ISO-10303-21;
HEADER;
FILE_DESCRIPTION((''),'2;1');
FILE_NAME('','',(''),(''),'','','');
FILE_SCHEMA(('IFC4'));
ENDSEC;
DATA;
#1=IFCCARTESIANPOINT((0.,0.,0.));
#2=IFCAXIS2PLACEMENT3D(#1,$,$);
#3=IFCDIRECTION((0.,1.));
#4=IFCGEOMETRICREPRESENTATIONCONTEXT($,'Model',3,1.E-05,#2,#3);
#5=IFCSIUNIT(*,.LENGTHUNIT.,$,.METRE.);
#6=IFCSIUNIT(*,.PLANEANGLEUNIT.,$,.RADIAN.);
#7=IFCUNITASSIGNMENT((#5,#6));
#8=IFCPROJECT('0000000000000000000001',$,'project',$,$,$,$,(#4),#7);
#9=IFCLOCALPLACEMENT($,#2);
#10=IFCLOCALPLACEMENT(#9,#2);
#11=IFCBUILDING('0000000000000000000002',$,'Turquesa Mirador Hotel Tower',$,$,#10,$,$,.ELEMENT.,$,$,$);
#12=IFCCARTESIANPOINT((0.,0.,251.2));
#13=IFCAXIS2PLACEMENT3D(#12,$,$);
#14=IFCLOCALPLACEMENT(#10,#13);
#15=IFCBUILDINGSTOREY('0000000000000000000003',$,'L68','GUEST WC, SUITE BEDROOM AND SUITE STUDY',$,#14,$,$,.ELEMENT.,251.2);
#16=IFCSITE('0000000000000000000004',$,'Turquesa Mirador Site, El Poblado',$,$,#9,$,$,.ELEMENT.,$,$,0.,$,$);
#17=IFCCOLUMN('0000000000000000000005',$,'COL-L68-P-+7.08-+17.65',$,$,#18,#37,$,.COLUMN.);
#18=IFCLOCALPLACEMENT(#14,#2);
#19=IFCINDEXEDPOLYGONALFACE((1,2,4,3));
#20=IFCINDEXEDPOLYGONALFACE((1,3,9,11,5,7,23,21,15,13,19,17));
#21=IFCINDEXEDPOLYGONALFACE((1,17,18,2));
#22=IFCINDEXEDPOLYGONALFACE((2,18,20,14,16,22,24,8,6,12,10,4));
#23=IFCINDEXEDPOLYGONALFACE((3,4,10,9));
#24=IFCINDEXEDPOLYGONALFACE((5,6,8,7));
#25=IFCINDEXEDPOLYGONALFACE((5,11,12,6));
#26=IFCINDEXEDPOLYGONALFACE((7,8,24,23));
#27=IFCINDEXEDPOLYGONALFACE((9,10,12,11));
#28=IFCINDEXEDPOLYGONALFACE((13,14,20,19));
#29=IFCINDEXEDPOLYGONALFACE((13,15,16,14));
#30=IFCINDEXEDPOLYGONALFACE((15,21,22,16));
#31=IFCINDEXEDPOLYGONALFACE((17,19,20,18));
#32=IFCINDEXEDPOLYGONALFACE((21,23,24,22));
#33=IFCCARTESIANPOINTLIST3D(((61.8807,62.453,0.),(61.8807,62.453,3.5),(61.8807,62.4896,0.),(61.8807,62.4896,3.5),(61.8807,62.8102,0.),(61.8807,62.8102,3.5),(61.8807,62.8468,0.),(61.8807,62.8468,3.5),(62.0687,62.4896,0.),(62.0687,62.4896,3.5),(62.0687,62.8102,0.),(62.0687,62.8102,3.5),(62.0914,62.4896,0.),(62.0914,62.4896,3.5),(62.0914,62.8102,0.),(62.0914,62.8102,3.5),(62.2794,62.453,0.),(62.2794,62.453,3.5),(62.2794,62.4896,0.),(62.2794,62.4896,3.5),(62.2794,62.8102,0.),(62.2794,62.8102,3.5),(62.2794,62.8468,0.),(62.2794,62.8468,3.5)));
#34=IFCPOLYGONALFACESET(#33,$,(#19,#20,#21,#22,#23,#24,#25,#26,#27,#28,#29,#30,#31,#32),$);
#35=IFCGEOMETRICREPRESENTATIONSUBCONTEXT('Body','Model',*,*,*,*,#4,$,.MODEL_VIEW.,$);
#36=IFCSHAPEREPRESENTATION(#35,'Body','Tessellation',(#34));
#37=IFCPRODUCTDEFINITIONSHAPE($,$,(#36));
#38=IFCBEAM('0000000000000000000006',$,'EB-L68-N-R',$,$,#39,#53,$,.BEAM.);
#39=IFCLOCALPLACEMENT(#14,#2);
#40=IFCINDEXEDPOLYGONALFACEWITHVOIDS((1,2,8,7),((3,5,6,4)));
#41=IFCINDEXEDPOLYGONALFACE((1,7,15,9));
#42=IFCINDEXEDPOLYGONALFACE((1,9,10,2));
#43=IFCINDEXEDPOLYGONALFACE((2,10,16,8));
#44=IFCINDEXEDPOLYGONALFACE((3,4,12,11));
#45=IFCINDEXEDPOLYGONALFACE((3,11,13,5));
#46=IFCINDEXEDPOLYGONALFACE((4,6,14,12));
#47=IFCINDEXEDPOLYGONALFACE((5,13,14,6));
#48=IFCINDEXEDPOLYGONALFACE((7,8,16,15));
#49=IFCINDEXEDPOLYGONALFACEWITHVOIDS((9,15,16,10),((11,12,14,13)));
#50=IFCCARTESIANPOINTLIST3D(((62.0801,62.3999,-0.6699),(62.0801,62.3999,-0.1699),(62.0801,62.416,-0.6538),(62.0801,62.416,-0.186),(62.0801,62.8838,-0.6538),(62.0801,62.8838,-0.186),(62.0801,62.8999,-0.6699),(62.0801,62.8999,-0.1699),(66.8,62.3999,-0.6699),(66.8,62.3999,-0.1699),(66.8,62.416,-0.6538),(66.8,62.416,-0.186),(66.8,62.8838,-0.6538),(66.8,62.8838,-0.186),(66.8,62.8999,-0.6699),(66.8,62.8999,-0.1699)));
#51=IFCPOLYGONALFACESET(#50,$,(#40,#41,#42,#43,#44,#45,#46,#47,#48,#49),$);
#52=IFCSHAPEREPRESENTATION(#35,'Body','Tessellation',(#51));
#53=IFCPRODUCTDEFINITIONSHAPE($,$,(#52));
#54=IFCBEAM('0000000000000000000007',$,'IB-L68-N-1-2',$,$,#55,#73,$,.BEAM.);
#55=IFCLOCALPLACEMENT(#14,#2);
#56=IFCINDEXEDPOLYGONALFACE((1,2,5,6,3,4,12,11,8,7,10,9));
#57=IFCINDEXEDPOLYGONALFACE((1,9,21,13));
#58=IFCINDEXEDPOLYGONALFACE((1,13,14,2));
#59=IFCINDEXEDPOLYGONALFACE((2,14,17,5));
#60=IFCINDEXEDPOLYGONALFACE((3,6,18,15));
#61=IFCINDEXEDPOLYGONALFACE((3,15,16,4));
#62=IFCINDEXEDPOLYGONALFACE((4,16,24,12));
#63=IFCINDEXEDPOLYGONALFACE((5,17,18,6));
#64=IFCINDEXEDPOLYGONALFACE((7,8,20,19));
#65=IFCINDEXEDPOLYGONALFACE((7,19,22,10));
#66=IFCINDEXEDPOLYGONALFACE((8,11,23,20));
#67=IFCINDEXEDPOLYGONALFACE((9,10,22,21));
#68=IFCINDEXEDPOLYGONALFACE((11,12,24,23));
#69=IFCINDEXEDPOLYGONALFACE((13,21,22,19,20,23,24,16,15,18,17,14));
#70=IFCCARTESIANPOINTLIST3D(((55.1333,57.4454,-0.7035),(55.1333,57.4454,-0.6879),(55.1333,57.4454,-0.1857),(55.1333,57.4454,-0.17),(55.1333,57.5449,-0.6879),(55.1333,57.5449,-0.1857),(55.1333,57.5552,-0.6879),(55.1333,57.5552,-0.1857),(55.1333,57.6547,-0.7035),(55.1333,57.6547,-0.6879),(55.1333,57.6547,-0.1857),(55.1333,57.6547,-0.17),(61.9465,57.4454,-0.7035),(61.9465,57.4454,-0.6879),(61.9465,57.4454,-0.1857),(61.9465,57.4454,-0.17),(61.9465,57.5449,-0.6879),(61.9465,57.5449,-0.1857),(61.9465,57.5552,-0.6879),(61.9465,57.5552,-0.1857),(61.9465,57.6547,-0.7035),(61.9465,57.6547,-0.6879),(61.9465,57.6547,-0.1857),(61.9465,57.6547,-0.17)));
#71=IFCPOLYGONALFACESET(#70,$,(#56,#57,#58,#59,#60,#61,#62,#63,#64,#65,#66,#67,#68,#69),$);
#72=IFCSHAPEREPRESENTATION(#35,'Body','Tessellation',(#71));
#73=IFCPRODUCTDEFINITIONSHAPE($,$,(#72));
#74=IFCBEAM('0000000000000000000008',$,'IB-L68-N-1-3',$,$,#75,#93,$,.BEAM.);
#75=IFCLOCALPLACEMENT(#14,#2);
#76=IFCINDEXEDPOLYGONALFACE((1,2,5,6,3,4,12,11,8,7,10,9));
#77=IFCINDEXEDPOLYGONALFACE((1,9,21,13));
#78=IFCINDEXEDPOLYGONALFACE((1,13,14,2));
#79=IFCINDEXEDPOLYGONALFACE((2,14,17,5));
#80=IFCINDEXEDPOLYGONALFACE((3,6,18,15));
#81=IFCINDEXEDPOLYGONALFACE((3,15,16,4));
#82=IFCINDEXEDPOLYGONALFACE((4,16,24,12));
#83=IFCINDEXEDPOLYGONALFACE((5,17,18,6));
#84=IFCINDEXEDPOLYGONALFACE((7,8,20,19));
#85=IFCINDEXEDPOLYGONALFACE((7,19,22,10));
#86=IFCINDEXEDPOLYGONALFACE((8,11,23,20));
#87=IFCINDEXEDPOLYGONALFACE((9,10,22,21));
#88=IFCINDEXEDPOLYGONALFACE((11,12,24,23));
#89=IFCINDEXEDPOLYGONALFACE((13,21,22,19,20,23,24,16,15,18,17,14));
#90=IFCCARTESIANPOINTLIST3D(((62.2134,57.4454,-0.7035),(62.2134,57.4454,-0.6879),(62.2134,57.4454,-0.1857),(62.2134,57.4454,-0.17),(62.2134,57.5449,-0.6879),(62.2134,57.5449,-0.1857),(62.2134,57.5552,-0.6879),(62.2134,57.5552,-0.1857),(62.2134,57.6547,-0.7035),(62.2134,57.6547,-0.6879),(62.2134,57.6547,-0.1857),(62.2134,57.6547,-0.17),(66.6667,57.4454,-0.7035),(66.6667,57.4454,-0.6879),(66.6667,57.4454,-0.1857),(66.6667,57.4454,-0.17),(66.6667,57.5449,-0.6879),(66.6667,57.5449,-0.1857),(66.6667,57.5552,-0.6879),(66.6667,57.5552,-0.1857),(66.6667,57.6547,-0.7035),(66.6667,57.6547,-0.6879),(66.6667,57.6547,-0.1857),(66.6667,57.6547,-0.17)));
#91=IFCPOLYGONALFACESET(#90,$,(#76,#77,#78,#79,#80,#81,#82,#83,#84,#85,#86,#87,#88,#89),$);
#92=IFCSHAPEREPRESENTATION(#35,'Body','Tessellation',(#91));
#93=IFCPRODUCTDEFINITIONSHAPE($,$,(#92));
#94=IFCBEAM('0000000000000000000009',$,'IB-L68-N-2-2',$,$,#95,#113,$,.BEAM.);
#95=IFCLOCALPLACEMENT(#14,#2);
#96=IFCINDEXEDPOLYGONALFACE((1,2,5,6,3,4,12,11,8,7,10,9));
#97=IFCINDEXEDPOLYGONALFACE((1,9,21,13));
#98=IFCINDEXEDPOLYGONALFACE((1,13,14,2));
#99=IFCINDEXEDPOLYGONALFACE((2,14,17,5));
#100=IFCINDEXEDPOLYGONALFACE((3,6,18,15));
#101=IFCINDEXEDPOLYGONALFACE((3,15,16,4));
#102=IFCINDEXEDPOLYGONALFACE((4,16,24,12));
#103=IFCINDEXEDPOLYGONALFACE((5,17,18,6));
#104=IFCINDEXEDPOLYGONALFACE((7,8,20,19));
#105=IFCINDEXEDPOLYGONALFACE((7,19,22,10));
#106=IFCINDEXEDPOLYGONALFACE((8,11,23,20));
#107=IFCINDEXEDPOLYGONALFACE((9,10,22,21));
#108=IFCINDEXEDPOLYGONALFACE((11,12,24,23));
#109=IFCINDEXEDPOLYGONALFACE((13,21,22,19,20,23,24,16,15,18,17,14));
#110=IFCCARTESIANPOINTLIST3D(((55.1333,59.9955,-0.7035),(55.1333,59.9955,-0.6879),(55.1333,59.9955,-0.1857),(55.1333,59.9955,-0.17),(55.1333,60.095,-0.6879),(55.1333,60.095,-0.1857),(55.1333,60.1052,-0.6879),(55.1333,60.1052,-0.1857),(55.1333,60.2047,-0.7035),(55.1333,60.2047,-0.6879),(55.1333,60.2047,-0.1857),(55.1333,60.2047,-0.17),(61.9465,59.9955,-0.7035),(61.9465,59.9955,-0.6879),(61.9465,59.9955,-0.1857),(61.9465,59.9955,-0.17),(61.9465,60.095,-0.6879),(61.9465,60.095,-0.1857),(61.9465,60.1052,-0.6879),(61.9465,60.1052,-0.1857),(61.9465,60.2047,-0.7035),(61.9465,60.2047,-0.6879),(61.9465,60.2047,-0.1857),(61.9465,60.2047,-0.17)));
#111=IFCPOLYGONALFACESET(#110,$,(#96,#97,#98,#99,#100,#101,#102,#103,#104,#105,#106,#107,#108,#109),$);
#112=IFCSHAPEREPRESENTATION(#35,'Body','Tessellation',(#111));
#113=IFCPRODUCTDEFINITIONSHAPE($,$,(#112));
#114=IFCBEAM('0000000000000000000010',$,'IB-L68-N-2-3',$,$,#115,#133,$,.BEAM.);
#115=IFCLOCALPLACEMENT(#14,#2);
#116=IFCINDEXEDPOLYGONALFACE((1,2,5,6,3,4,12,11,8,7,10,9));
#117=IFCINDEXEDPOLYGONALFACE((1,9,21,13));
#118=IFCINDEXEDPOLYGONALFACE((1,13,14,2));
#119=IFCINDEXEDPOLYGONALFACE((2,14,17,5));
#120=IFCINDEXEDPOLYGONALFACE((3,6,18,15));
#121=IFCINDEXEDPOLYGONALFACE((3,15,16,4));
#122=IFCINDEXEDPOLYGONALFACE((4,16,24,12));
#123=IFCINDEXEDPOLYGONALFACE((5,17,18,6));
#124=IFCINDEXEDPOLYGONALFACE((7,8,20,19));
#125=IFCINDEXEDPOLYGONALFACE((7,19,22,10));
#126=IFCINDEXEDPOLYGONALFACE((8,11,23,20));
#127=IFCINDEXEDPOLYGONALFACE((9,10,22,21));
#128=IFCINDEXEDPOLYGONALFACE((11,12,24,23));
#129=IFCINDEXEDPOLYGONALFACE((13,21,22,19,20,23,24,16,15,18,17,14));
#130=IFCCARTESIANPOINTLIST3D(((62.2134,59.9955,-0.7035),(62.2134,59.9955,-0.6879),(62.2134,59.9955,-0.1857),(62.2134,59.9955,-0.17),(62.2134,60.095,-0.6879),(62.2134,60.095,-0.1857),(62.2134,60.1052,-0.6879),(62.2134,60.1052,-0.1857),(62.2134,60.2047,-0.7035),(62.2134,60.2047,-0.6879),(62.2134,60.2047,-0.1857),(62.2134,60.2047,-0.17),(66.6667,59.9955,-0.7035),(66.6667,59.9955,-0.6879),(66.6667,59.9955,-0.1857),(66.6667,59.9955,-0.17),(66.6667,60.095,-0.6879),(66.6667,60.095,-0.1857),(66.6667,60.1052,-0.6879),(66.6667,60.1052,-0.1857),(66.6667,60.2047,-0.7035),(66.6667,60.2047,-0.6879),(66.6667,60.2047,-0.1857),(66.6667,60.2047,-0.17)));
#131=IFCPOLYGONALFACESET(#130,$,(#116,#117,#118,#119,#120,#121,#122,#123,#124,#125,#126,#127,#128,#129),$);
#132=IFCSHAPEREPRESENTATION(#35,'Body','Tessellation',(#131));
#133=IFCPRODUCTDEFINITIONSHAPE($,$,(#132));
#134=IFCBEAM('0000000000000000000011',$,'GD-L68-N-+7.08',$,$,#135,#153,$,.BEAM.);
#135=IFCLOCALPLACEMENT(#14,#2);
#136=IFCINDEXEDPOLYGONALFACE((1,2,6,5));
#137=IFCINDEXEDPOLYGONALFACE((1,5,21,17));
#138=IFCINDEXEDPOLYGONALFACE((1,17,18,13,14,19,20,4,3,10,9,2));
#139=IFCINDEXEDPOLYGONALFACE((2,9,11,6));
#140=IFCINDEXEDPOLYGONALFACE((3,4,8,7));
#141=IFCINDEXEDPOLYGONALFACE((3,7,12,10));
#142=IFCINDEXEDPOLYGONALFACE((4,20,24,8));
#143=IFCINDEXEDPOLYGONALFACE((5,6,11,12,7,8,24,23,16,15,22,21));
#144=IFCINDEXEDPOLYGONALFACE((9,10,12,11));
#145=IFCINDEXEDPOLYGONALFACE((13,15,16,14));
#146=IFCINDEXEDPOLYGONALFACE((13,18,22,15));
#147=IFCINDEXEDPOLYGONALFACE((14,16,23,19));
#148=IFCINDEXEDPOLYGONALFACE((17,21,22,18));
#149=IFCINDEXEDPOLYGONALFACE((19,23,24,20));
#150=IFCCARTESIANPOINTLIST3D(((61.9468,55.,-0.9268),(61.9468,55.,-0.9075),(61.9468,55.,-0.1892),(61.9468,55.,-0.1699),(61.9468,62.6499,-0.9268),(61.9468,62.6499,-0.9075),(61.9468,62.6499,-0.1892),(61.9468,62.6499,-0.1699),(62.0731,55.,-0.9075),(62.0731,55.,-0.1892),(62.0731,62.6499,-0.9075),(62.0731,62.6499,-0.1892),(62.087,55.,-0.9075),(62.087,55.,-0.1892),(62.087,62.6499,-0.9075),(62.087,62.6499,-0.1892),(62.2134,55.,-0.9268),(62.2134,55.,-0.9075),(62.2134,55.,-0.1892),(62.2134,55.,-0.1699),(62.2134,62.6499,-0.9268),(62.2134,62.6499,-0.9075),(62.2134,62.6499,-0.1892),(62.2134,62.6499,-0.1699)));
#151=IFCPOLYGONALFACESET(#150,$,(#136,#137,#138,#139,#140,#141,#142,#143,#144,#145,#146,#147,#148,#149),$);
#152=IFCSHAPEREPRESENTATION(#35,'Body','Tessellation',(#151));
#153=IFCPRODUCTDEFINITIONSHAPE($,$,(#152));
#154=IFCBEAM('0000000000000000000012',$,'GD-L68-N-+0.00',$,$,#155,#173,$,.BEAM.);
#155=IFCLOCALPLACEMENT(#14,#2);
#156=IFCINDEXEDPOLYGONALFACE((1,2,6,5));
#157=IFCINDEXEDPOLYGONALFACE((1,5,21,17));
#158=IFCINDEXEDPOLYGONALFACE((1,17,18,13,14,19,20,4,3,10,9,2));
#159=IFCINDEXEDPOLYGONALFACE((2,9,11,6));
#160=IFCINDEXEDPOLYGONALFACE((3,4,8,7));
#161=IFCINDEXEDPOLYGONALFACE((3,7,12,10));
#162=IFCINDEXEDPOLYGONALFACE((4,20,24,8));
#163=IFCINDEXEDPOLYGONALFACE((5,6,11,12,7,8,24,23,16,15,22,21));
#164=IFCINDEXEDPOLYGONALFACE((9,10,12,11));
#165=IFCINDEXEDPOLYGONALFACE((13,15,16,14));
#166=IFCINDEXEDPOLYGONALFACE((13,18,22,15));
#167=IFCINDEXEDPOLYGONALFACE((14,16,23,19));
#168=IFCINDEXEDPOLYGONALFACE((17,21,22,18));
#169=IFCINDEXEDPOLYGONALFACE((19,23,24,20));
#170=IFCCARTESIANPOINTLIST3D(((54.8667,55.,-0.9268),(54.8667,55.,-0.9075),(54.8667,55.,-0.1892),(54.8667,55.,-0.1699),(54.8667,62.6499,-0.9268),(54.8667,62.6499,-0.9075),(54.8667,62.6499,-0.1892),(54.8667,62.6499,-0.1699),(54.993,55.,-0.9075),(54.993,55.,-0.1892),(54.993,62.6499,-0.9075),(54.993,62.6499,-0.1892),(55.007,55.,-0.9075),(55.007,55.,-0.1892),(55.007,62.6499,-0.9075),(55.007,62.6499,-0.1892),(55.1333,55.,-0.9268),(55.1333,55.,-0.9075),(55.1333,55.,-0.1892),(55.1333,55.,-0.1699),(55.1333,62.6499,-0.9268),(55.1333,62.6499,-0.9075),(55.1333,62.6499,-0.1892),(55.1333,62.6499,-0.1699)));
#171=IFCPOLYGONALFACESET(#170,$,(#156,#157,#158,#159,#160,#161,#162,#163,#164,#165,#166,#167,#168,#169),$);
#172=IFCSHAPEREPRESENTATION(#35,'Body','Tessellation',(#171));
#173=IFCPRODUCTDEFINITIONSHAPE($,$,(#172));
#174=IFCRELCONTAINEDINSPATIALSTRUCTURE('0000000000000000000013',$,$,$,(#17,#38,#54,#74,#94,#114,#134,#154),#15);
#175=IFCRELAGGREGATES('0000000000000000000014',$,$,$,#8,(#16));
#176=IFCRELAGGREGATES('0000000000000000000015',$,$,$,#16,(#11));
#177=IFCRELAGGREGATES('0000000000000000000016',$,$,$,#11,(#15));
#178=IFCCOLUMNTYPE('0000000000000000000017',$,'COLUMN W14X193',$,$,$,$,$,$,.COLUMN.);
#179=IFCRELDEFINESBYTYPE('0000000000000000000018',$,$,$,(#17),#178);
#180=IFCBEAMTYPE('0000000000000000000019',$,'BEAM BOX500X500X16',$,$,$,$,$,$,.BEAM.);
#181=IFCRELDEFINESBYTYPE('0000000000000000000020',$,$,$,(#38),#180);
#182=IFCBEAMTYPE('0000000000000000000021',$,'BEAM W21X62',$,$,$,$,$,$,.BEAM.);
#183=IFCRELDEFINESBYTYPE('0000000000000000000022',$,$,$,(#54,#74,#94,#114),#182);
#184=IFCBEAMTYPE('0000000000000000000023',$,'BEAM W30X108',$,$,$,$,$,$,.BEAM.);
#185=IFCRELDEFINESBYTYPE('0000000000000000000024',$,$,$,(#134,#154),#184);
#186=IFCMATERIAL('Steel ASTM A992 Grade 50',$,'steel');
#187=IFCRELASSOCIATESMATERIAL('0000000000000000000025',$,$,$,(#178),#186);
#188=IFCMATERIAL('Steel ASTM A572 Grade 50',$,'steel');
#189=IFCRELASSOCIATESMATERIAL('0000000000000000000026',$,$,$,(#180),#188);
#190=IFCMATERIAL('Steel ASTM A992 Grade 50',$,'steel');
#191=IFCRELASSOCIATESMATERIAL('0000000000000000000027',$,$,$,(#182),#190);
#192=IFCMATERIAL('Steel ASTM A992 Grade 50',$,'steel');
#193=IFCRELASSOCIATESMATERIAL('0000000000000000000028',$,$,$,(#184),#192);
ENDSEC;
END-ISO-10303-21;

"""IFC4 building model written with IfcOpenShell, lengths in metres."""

from ifc_helpers import new_model, si_unit, direction, frame, origin, origin_2d, place, context, subcontext, project, spatial, hollow_rectangle, i_section, extrude, material, material_profile, profile_set, type_object, element, save


model = new_model("IFC4")

# Units and contexts
model_context = context("Model", 3, precision=1e-05, world=origin(), true_north=direction((0.0, 1.0)))
body_context = subcontext(model_context, "Body", "Model", "MODEL_VIEW")
ifc_project = project(units=[si_unit("LENGTHUNIT", "METRE"), si_unit("PLANEANGLEUNIT", "RADIAN")], contexts=[model_context])

# Site, building, storey
site_placement = place(None, origin())
site = spatial("IfcSite", under=ifc_project, at=site_placement, Name="Turquesa Mirador Site, El Poblado", CompositionType="ELEMENT", RefElevation=0.0)
building_placement = place(site_placement, origin())
building = spatial("IfcBuilding", under=site, at=building_placement, Name="Turquesa Mirador Hotel Tower", CompositionType="ELEMENT")
storey_placement = place(building_placement, frame((0.0, 0.0, 251.2)))
storey = spatial("IfcBuildingStorey", under=building, at=storey_placement, Name="L68", Description="GUEST WC, SUITE BEDROOM AND SUITE STUDY", CompositionType="ELEMENT", Elevation=251.2)

# Column
ifc_material_1 = material(Name="Steel ASTM A992 Grade 50", Category="steel")
ifc_material_profile_1 = material_profile(ifc_material_1, i_section(OverallWidth=0.3987, OverallDepth=0.3938, WebThickness=0.0227, FlangeThickness=0.0366, at=origin_2d()), Name="W14X193")
ifc_profile_set_1 = profile_set([ifc_material_profile_1], Name="Steel ASTM A992 Grade 50")
column_type = type_object("IfcColumnType", Name="COLUMN W14X193", PredefinedType="COLUMN", material=ifc_profile_set_1)
column_placement = place(storey_placement, frame((62.0801, 62.6499, 0.0), z_axis=(0.0, 0.0, 1.0), x_axis=(1.0, 0.0, 0.0)))
element("IfcColumn", 1, at=column_placement, inside=storey, type_object=column_type, Name="COL-L68-P-+7.08-+17.65", PredefinedType="COLUMN", context=body_context, shape_type="SweptSolid", body=[
    extrude(i_section(OverallWidth=0.3987, OverallDepth=0.3938, WebThickness=0.0227, FlangeThickness=0.0366, at=origin_2d()), origin(), (0.0, 0.0, 1.0), 3.5),
])

# Beams
ifc_material_2 = material(Name="Steel ASTM A572 Grade 50", Category="steel")
ifc_material_profile_2 = material_profile(ifc_material_2, hollow_rectangle(XDim=0.5, YDim=0.5, WallThickness=0.0161, at=origin_2d()), Name="BOX500X500X16")
ifc_profile_set_2 = profile_set([ifc_material_profile_2], Name="Steel ASTM A572 Grade 50")
beam_type_1 = type_object("IfcBeamType", Name="BEAM BOX500X500X16", PredefinedType="BEAM", material=ifc_profile_set_2)
beam_1_placement = place(storey_placement, frame((62.0801, 62.6499, -0.4199), z_axis=(1.0, 0.0, 0.0), x_axis=(0.0, 1.0, 0.0)))
element("IfcBeam", 2, at=beam_1_placement, inside=storey, type_object=beam_type_1, Name="EB-L68-N-R", PredefinedType="BEAM", context=body_context, shape_type="SweptSolid", body=[
    extrude(hollow_rectangle(XDim=0.5, YDim=0.5, WallThickness=0.0161, at=origin_2d()), origin(), (0.0, 0.0, 1.0), 4.72),
])
ifc_material_3 = material(Name="Steel ASTM A992 Grade 50", Category="steel")
ifc_material_profile_3 = material_profile(ifc_material_3, i_section(OverallWidth=0.2092, OverallDepth=0.5334, WebThickness=0.0103, FlangeThickness=0.0156, at=origin_2d()), Name="W21X62")
ifc_profile_set_3 = profile_set([ifc_material_profile_3], Name="Steel ASTM A992 Grade 50")
beam_type_2 = type_object("IfcBeamType", Name="BEAM W21X62", PredefinedType="BEAM", material=ifc_profile_set_3)
beam_2_placement = place(storey_placement, frame((55.1333, 57.55, -0.4368), z_axis=(1.0, 0.0, 0.0), x_axis=(0.0, 1.0, 0.0)))
element("IfcBeam", 3, at=beam_2_placement, inside=storey, type_object=beam_type_2, Name="IB-L68-N-1-2", PredefinedType="BEAM", context=body_context, shape_type="SweptSolid", body=[
    extrude(i_section(OverallWidth=0.2092, OverallDepth=0.5334, WebThickness=0.0103, FlangeThickness=0.0156, at=origin_2d()), origin(), (0.0, 0.0, 1.0), 6.8132),
])
beam_3_placement = place(storey_placement, frame((62.2134, 57.55, -0.4368), z_axis=(1.0, 0.0, 0.0), x_axis=(0.0, 1.0, 0.0)))
element("IfcBeam", 4, at=beam_3_placement, inside=storey, type_object=beam_type_2, Name="IB-L68-N-1-3", PredefinedType="BEAM", context=body_context, shape_type="SweptSolid", body=[
    extrude(i_section(OverallWidth=0.2092, OverallDepth=0.5334, WebThickness=0.0103, FlangeThickness=0.0156, at=origin_2d()), origin(), (0.0, 0.0, 1.0), 4.4534),
])
beam_4_placement = place(storey_placement, frame((55.1333, 60.1001, -0.4368), z_axis=(1.0, 0.0, 0.0), x_axis=(0.0, 1.0, 0.0)))
element("IfcBeam", 5, at=beam_4_placement, inside=storey, type_object=beam_type_2, Name="IB-L68-N-2-2", PredefinedType="BEAM", context=body_context, shape_type="SweptSolid", body=[
    extrude(i_section(OverallWidth=0.2092, OverallDepth=0.5334, WebThickness=0.0103, FlangeThickness=0.0156, at=origin_2d()), origin(), (0.0, 0.0, 1.0), 6.8132),
])
beam_5_placement = place(storey_placement, frame((62.2134, 60.1001, -0.4368), z_axis=(1.0, 0.0, 0.0), x_axis=(0.0, 1.0, 0.0)))
element("IfcBeam", 6, at=beam_5_placement, inside=storey, type_object=beam_type_2, Name="IB-L68-N-2-3", PredefinedType="BEAM", context=body_context, shape_type="SweptSolid", body=[
    extrude(i_section(OverallWidth=0.2092, OverallDepth=0.5334, WebThickness=0.0103, FlangeThickness=0.0156, at=origin_2d()), origin(), (0.0, 0.0, 1.0), 4.4534),
])
ifc_material_4 = material(Name="Steel ASTM A992 Grade 50", Category="steel")
ifc_material_profile_4 = material_profile(ifc_material_4, i_section(OverallWidth=0.2666, OverallDepth=0.7568, WebThickness=0.0139, FlangeThickness=0.0193, at=origin_2d()), Name="W30X108")
ifc_profile_set_4 = profile_set([ifc_material_profile_4], Name="Steel ASTM A992 Grade 50")
beam_type_3 = type_object("IfcBeamType", Name="BEAM W30X108", PredefinedType="BEAM", material=ifc_profile_set_4)
for number, where, z_axis, x_axis, name in (
    (7, (62.0801, 62.6499, -0.5483), (0.0, -1.0, 0.0), (1.0, 0.0, 0.0), "GD-L68-N-+7.08"),
    (8, (55.0, 62.6499, -0.5483), (0.0, -1.0, 0.0), (1.0, 0.0, 0.0), "GD-L68-N-+0.00"),
):
    element("IfcBeam", number, at=place(storey_placement, frame(where, z_axis=z_axis, x_axis=x_axis)), inside=storey, type_object=beam_type_3, Name=name, PredefinedType="BEAM", context=body_context, shape_type="SweptSolid", body=[
        extrude(i_section(OverallWidth=0.2666, OverallDepth=0.7568, WebThickness=0.0139, FlangeThickness=0.0193, at=origin_2d()), origin(), (0.0, 0.0, 1.0), 7.6499),
    ])

save(model, "model.ifc")
